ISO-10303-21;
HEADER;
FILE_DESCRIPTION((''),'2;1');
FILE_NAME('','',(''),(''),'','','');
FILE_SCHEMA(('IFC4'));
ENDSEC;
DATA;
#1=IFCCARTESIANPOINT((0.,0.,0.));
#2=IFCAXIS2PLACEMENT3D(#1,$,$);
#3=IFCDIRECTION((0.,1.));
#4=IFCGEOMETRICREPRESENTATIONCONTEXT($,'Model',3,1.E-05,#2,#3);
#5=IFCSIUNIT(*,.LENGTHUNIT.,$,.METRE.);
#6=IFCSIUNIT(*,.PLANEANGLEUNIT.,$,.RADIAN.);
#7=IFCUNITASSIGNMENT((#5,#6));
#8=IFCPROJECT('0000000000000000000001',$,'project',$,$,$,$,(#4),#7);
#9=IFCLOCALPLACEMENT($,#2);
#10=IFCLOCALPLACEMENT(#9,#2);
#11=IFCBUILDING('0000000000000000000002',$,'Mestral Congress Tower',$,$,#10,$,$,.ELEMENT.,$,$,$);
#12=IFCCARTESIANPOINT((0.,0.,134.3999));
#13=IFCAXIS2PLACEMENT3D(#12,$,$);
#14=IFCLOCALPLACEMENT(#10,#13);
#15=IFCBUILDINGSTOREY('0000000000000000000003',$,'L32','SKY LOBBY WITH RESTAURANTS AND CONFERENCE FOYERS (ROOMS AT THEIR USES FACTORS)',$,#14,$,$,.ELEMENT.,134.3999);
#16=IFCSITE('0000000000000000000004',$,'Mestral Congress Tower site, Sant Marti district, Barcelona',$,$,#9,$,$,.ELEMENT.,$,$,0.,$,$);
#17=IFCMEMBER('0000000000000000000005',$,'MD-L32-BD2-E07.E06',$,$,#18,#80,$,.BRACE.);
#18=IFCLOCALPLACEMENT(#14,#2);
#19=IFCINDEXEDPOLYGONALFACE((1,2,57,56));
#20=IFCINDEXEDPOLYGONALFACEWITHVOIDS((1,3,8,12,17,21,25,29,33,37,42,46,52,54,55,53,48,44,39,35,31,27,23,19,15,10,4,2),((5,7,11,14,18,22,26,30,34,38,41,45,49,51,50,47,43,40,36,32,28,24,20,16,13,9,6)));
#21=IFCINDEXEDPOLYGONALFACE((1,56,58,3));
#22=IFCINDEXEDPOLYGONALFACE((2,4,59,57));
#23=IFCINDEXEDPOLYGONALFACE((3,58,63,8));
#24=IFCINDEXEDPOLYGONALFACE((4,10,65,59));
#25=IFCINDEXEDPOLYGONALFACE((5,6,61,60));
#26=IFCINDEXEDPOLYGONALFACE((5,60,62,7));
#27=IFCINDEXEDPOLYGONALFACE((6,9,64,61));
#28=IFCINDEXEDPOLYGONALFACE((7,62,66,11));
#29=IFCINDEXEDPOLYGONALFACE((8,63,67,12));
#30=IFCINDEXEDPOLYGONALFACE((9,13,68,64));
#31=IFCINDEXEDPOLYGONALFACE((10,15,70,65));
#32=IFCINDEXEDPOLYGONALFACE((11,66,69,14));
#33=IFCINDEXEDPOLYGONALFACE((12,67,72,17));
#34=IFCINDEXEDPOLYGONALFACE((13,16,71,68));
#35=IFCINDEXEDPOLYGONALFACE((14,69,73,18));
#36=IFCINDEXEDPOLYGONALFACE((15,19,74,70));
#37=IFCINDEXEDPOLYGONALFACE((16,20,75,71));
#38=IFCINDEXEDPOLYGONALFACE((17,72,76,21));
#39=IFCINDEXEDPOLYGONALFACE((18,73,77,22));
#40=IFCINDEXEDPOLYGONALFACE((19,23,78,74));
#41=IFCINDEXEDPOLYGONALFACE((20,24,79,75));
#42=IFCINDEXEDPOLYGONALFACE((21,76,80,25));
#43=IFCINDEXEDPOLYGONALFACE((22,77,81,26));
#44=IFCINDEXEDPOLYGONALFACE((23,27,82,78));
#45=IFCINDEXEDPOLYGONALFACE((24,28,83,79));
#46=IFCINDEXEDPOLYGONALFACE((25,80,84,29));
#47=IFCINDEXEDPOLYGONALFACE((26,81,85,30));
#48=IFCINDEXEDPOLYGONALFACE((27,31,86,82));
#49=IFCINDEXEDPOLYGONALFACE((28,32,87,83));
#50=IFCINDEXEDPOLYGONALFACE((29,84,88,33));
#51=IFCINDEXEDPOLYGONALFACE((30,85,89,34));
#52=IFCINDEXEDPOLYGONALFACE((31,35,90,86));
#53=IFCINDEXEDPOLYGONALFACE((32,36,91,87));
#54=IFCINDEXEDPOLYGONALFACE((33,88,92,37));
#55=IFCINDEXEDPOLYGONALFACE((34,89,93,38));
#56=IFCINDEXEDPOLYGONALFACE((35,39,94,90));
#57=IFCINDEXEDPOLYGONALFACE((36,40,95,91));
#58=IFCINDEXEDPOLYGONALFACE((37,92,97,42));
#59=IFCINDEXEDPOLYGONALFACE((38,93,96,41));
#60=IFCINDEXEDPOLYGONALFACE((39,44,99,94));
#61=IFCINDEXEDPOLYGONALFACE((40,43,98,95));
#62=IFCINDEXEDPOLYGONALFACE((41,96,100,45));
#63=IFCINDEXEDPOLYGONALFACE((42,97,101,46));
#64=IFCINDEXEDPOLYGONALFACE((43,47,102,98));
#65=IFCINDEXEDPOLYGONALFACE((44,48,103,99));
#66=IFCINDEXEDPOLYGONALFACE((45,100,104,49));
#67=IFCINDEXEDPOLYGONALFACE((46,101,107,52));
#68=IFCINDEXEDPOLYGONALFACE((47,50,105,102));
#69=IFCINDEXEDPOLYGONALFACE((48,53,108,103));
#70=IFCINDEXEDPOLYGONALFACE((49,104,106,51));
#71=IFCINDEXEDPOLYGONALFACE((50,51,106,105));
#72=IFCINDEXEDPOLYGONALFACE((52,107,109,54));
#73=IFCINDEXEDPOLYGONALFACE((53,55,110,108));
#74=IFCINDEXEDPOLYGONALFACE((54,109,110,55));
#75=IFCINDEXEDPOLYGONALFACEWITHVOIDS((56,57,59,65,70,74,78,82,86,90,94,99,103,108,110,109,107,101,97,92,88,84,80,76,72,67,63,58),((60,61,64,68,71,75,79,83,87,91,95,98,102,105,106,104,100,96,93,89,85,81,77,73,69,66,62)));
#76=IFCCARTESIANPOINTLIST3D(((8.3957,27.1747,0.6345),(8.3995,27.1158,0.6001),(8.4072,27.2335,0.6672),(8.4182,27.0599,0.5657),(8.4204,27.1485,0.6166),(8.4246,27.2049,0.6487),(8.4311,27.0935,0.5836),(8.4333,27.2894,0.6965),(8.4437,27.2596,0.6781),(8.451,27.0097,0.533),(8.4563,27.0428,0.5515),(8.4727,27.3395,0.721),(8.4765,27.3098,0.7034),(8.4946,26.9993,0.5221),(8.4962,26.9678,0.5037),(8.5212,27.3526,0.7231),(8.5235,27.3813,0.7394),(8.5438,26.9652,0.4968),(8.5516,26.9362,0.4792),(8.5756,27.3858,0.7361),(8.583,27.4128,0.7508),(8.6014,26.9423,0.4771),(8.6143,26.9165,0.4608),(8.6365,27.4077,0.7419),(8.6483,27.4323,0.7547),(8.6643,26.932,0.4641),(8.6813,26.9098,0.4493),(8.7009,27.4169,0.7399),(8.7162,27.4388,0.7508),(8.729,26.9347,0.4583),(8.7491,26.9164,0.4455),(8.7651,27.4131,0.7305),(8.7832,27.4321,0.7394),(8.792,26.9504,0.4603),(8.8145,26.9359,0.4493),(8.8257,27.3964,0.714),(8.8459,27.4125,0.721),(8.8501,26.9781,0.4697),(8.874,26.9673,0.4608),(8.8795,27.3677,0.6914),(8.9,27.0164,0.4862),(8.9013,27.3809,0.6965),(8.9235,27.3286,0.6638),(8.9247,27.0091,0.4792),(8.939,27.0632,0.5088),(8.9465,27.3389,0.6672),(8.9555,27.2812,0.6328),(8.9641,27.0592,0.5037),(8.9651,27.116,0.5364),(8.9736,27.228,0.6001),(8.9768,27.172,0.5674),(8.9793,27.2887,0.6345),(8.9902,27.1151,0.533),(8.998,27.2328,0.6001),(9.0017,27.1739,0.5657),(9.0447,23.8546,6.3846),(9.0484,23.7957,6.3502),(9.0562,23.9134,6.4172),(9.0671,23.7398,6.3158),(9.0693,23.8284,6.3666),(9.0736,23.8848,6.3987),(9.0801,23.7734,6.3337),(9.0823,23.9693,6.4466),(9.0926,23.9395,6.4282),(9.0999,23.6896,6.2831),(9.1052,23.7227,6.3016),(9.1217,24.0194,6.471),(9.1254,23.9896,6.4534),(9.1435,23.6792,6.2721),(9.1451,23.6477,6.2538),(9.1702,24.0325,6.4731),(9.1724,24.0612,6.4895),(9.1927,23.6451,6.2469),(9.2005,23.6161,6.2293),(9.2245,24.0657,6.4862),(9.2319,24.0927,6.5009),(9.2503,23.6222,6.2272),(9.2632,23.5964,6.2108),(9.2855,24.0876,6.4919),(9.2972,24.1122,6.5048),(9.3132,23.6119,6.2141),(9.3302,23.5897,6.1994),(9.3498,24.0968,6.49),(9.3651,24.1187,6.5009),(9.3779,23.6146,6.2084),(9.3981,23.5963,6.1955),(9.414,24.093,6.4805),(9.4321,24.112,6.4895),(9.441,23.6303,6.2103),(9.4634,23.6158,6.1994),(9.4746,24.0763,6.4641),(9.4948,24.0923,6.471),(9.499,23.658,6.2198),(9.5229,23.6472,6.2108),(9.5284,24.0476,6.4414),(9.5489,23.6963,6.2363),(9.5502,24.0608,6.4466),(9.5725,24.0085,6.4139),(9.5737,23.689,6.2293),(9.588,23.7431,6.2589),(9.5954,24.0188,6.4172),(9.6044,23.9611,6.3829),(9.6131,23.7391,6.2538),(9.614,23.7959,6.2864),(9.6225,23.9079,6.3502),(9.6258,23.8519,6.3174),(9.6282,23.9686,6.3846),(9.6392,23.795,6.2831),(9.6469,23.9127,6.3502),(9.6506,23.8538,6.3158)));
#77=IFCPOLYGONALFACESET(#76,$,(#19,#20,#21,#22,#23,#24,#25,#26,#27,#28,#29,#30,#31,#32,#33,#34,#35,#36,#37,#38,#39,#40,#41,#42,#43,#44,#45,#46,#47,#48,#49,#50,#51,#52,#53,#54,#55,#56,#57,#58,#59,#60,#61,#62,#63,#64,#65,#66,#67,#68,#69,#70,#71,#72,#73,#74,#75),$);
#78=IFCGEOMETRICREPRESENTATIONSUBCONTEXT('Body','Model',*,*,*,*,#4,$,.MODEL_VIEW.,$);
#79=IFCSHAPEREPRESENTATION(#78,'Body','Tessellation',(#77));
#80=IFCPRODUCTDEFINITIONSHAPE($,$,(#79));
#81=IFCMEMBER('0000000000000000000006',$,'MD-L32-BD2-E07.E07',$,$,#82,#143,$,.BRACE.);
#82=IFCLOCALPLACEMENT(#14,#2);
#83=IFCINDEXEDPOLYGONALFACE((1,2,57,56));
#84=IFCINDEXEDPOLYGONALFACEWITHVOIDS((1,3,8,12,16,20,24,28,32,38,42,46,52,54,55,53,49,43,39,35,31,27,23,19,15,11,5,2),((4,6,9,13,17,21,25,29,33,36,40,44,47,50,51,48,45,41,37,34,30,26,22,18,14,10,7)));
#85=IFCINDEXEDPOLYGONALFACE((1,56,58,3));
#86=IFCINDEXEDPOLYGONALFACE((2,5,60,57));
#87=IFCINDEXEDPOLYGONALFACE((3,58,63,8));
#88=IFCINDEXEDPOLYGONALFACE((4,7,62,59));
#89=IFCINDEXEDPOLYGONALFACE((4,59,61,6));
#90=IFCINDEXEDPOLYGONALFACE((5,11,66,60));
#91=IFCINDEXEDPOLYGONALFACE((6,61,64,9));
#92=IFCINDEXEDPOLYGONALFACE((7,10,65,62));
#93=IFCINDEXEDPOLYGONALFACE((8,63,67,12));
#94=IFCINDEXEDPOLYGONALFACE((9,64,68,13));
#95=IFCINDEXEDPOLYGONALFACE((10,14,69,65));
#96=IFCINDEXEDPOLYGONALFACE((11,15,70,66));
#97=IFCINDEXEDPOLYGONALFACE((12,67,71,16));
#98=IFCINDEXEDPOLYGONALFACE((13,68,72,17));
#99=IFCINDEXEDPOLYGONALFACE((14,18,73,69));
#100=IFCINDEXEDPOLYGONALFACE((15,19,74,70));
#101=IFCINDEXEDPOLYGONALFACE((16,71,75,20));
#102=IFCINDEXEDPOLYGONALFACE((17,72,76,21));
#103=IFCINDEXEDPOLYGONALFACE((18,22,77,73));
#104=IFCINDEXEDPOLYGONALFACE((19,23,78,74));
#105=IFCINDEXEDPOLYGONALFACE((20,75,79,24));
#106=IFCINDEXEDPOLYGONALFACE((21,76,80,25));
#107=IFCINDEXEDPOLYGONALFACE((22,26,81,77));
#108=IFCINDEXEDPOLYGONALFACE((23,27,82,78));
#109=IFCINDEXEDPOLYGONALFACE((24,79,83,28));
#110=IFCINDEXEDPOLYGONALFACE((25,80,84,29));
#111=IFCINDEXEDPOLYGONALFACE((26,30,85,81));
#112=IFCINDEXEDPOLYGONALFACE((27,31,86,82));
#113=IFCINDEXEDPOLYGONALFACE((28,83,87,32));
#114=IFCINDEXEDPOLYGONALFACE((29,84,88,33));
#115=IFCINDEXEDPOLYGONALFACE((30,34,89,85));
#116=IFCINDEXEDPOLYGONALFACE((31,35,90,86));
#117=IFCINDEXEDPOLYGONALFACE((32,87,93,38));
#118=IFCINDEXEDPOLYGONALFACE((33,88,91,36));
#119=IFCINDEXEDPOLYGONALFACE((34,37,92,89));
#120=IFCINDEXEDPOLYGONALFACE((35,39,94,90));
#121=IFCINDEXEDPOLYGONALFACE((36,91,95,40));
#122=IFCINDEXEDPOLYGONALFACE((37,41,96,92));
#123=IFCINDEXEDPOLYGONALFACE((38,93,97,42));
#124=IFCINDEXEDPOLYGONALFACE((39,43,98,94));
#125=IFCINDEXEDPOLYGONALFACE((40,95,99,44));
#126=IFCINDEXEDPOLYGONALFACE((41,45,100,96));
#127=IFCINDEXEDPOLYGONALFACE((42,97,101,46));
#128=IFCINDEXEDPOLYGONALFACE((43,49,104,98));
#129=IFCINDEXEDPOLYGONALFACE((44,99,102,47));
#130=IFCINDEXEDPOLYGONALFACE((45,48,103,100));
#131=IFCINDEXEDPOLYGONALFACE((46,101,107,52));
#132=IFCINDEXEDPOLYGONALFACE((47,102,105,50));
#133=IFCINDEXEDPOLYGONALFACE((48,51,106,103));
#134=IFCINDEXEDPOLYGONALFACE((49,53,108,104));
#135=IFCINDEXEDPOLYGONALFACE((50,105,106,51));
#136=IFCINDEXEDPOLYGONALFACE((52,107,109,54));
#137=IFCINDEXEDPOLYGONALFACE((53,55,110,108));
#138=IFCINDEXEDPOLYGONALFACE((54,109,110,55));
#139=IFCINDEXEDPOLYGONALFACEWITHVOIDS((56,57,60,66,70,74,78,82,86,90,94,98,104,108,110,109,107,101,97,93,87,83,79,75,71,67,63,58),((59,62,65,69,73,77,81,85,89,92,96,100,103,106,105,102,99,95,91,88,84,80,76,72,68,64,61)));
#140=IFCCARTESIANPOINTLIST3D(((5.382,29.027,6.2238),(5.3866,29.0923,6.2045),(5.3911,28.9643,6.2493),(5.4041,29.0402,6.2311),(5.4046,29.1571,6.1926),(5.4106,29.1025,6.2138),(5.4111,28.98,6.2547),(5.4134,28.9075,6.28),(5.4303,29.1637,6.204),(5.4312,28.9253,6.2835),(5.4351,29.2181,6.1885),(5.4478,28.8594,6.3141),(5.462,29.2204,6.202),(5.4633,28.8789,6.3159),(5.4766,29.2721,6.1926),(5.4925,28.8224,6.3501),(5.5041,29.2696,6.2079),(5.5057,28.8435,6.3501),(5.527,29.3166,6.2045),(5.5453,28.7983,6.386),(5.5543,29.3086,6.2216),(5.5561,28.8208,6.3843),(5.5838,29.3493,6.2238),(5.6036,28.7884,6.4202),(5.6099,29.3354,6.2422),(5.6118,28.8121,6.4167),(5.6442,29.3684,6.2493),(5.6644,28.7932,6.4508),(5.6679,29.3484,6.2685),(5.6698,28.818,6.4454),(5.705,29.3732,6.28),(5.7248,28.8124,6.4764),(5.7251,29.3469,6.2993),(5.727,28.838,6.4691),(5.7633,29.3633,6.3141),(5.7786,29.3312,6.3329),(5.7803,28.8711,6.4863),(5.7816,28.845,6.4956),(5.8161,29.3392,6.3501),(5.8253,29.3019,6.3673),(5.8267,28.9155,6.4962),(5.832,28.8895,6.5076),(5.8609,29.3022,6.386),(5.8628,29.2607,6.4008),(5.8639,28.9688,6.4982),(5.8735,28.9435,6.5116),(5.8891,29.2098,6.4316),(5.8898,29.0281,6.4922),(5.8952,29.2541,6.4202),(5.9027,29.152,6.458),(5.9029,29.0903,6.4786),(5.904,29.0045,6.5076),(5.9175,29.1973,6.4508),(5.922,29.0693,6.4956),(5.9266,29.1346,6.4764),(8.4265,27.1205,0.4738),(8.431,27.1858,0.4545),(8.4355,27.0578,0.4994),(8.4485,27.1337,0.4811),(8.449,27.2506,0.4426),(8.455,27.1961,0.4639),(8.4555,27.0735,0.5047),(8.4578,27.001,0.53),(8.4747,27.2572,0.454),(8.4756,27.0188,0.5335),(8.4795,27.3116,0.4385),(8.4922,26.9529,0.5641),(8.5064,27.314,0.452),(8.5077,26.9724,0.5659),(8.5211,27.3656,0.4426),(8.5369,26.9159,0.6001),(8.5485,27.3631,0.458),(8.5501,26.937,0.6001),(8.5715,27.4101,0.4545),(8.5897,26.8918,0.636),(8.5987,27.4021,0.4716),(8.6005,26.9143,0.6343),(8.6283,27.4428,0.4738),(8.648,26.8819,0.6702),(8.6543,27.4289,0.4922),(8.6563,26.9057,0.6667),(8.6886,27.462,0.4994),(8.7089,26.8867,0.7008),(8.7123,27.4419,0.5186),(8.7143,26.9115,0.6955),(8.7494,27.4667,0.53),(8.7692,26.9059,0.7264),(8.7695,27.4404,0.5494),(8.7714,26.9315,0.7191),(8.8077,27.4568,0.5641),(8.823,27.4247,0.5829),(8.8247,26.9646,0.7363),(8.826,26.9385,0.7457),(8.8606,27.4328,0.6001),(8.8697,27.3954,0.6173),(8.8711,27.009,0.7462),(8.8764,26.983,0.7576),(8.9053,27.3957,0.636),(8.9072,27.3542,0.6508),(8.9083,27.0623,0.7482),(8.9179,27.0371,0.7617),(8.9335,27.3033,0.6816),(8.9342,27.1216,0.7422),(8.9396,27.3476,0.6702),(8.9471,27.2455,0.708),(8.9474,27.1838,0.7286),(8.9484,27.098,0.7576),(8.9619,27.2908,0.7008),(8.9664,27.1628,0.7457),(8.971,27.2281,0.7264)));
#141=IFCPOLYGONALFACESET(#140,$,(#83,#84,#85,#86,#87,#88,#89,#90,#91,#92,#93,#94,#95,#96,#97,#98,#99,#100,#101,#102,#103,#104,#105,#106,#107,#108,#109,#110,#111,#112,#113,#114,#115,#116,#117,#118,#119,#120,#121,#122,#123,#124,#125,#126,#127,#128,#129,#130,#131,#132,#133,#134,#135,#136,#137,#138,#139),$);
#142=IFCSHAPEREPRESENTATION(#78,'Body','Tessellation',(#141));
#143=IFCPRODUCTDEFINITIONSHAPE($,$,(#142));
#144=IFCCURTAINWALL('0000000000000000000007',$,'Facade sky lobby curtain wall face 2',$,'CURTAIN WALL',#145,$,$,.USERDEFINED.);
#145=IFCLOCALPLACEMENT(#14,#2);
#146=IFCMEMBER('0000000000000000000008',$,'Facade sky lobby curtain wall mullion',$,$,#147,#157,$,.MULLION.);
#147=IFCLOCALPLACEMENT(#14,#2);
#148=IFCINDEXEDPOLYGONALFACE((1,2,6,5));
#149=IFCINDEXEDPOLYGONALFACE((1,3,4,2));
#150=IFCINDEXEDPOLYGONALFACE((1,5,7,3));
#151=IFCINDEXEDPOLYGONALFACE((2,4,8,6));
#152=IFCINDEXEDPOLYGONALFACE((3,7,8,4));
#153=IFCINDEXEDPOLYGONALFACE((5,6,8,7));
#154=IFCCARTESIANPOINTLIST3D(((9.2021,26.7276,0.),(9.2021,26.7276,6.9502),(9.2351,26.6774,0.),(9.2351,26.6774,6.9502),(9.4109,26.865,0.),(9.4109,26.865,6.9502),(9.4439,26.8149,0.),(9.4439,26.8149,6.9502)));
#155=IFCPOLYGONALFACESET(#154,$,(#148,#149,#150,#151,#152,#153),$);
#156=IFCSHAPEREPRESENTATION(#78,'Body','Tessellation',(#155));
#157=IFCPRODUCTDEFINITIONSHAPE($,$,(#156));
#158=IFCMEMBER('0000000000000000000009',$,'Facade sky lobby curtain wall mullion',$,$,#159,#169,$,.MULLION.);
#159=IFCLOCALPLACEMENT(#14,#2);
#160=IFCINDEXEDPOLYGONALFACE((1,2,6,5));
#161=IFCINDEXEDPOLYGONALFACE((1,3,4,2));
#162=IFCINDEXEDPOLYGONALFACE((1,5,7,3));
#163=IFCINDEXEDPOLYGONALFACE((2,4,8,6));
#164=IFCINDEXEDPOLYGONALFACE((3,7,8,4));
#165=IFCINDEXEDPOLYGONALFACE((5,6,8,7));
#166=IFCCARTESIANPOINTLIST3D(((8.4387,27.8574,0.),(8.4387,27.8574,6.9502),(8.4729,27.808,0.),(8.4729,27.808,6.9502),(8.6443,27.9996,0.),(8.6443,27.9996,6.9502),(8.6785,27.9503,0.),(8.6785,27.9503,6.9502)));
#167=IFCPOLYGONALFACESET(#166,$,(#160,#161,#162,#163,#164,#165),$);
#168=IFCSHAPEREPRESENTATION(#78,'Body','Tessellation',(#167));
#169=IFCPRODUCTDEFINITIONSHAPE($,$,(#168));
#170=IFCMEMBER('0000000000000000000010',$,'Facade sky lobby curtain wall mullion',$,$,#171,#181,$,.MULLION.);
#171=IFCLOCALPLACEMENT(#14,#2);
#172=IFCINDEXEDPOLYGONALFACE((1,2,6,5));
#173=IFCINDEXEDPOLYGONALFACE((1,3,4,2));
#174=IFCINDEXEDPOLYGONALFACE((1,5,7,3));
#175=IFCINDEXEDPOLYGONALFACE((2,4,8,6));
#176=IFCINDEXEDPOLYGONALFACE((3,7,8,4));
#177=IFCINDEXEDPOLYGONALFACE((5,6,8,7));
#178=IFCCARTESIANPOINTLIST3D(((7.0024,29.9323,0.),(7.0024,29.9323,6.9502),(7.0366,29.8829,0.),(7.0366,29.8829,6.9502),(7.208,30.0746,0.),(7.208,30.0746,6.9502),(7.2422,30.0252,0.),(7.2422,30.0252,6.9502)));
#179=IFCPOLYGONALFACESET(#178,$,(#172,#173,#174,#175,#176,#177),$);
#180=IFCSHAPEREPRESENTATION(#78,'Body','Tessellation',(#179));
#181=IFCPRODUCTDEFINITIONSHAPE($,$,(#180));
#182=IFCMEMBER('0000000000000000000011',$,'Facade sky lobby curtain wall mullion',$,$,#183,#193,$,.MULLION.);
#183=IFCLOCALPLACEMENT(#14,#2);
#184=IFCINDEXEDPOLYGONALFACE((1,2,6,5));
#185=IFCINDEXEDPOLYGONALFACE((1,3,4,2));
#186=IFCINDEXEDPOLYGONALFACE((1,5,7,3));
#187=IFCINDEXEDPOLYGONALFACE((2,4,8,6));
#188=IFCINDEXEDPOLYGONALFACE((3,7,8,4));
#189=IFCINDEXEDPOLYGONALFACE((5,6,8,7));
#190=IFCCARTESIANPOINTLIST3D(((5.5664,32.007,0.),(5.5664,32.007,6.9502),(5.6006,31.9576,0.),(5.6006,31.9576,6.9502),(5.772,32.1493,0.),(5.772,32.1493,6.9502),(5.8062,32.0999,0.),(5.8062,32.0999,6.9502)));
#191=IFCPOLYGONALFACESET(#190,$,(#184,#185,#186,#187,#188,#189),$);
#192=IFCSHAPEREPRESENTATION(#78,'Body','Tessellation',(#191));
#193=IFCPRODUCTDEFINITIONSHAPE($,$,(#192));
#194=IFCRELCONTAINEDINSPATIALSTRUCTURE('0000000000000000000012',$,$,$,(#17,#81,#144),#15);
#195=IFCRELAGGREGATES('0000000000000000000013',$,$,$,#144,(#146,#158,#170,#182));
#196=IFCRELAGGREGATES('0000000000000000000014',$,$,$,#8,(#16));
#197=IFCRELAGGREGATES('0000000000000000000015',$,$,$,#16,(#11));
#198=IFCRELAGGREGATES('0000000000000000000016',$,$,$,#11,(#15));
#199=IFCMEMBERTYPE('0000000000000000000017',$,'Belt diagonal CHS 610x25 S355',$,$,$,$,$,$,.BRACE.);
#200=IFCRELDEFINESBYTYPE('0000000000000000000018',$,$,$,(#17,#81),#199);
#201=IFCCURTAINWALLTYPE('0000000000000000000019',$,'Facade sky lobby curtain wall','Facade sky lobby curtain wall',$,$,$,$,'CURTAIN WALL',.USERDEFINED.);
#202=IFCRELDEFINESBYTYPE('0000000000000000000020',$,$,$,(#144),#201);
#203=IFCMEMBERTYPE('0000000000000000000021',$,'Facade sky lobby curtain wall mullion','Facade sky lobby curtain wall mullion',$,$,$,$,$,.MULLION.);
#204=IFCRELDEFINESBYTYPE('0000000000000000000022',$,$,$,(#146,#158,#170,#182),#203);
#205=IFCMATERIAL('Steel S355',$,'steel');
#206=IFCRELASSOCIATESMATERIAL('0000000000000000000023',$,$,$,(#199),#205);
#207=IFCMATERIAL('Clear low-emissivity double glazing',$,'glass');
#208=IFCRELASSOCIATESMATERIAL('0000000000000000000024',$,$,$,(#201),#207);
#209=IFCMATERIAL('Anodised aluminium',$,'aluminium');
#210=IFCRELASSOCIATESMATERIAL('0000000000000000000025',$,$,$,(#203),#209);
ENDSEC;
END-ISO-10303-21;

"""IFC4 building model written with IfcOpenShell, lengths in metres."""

from ifc_helpers import new_model, si_unit, direction, frame, origin, origin_2d, place, context, subcontext, project, spatial, rectangle, hollow_circle, extrude, material, material_profile, profile_set, type_object, element, aggregate, save


model = new_model("IFC4")

# Units and contexts
model_context = context("Model", 3, precision=1e-05, world=origin(), true_north=direction((0.0, 1.0)))
body_context = subcontext(model_context, "Body", "Model", "MODEL_VIEW")
ifc_project = project(units=[si_unit("LENGTHUNIT", "METRE"), si_unit("PLANEANGLEUNIT", "RADIAN")], contexts=[model_context])

# Site, building, storey
site_placement = place(None, origin())
site = spatial("IfcSite", under=ifc_project, at=site_placement, Name="Mestral Congress Tower site, Sant Marti district, Barcelona", CompositionType="ELEMENT", RefElevation=0.0)
building_placement = place(site_placement, origin())
building = spatial("IfcBuilding", under=site, at=building_placement, Name="Mestral Congress Tower", CompositionType="ELEMENT")
storey_placement = place(building_placement, frame((0.0, 0.0, 134.3999)))
storey = spatial("IfcBuildingStorey", under=building, at=storey_placement, Name="L32", Description="SKY LOBBY WITH RESTAURANTS AND CONFERENCE FOYERS (ROOMS AT THEIR USES FACTORS)", CompositionType="ELEMENT", Elevation=134.3999)

# Members
ifc_material_1 = material(Name="Steel S355", Category="steel")
ifc_material_profile_1 = material_profile(ifc_material_1, hollow_circle(Radius=0.3049, WallThickness=0.0249, at=origin_2d()), Name="CHS 610x25")
ifc_profile_set_1 = profile_set([ifc_material_profile_1], Name="Steel S355")
member_type_1 = type_object("IfcMemberType", Name="Belt diagonal CHS 610x25 S355", PredefinedType="BRACE", material=ifc_profile_set_1)
member_1_placement = place(storey_placement, frame((8.6987, 27.1743, 0.6001), z_axis=(0.097271, -0.497663, 0.861899), x_axis=(0.981429, 0.191826, 0.0)))
element("IfcMember", 1, at=member_1_placement, inside=storey, type_object=member_type_1, Name="MD-L32-BD2-E07.E06", PredefinedType="BRACE", context=body_context, shape_type="SweptSolid", body=[
    extrude(hollow_circle(Radius=0.3049, WallThickness=0.0249, at=origin_2d()), origin(), (0.0, 0.0, 1.0), 6.6714),
])
member_2_placement = place(storey_placement, frame((8.6987, 27.1743, 0.6001), z_axis=(-0.449044, 0.281202, 0.848107), x_axis=(-0.530744, -0.847532, 0.0)))
element("IfcMember", 2, at=member_2_placement, inside=storey, type_object=member_type_1, Name="MD-L32-BD2-E07.E07", PredefinedType="BRACE", context=body_context, shape_type="SweptSolid", body=[
    extrude(hollow_circle(Radius=0.3049, WallThickness=0.0249, at=origin_2d()), origin(), (0.0, 0.0, 1.0), 6.7798),
])

# Curtain wall, members
ifc_material_2 = material(Name="Clear low-emissivity double glazing", Category="glass")
curtain_wall_type = type_object("IfcCurtainWallType", Name="Facade sky lobby curtain wall", Description="Facade sky lobby curtain wall", ElementType="CURTAIN WALL", PredefinedType="USERDEFINED", material=ifc_material_2)
curtain_wall_placement = place(storey_placement, origin())
curtain_wall = element("IfcCurtainWall", 3, at=curtain_wall_placement, inside=storey, type_object=curtain_wall_type, Name="Facade sky lobby curtain wall face 2", ObjectType="CURTAIN WALL", PredefinedType="USERDEFINED")
ifc_material_3 = material(Name="Anodised aluminium", Category="aluminium")
ifc_material_profile_2 = material_profile(ifc_material_3, rectangle(XDim=0.25, YDim=0.0601, at=origin_2d()), Name="CW1 mullion 250 x 60")
ifc_profile_set_2 = profile_set([ifc_material_profile_2], Name="Anodised aluminium")
member_type_2 = type_object("IfcMemberType", Name="Facade sky lobby curtain wall mullion", Description="Facade sky lobby curtain wall mullion", PredefinedType="MULLION", material=ifc_profile_set_2)
member_3_placement = place(storey_placement, frame((9.323, 26.7712, 0.0), z_axis=(0.0, 0.0, 1.0), x_axis=(0.835326, 0.549755, 0.0)))
member_3 = element("IfcMember", 4, at=member_3_placement, type_object=member_type_2, Name="Facade sky lobby curtain wall mullion", PredefinedType="MULLION", context=body_context, shape_type="SweptSolid", body=[
    extrude(rectangle(XDim=0.25, YDim=0.0601, at=origin_2d()), origin(), (0.0, 0.0, 1.0), 6.9502),
])
member_4_placement = place(storey_placement, frame((8.5586, 27.9038, 0.0), z_axis=(0.0, 0.0, 1.0), x_axis=(0.822242, 0.569137, 0.0)))
member_4 = element("IfcMember", 5, at=member_4_placement, type_object=member_type_2, Name="Facade sky lobby curtain wall mullion", PredefinedType="MULLION", context=body_context, shape_type="SweptSolid", body=[
    extrude(rectangle(XDim=0.25, YDim=0.0601, at=origin_2d()), origin(), (0.0, 0.0, 1.0), 6.9502),
])
member_5_placement = place(storey_placement, frame((7.1223, 29.9788, 0.0), z_axis=(0.0, 0.0, 1.0), x_axis=(0.822242, 0.569137, 0.0)))
member_5 = element("IfcMember", 6, at=member_5_placement, type_object=member_type_2, Name="Facade sky lobby curtain wall mullion", PredefinedType="MULLION", context=body_context, shape_type="SweptSolid", body=[
    extrude(rectangle(XDim=0.25, YDim=0.0601, at=origin_2d()), origin(), (0.0, 0.0, 1.0), 6.9502),
])
member_6_placement = place(storey_placement, frame((5.6863, 32.0535, 0.0), z_axis=(0.0, 0.0, 1.0), x_axis=(0.822242, 0.569137, 0.0)))
member_6 = element("IfcMember", 7, at=member_6_placement, type_object=member_type_2, Name="Facade sky lobby curtain wall mullion", PredefinedType="MULLION", context=body_context, shape_type="SweptSolid", body=[
    extrude(rectangle(XDim=0.25, YDim=0.0601, at=origin_2d()), origin(), (0.0, 0.0, 1.0), 6.9502),
])

aggregate(curtain_wall, [member_3, member_4, member_5, member_6])

save(model, "model.ifc")
